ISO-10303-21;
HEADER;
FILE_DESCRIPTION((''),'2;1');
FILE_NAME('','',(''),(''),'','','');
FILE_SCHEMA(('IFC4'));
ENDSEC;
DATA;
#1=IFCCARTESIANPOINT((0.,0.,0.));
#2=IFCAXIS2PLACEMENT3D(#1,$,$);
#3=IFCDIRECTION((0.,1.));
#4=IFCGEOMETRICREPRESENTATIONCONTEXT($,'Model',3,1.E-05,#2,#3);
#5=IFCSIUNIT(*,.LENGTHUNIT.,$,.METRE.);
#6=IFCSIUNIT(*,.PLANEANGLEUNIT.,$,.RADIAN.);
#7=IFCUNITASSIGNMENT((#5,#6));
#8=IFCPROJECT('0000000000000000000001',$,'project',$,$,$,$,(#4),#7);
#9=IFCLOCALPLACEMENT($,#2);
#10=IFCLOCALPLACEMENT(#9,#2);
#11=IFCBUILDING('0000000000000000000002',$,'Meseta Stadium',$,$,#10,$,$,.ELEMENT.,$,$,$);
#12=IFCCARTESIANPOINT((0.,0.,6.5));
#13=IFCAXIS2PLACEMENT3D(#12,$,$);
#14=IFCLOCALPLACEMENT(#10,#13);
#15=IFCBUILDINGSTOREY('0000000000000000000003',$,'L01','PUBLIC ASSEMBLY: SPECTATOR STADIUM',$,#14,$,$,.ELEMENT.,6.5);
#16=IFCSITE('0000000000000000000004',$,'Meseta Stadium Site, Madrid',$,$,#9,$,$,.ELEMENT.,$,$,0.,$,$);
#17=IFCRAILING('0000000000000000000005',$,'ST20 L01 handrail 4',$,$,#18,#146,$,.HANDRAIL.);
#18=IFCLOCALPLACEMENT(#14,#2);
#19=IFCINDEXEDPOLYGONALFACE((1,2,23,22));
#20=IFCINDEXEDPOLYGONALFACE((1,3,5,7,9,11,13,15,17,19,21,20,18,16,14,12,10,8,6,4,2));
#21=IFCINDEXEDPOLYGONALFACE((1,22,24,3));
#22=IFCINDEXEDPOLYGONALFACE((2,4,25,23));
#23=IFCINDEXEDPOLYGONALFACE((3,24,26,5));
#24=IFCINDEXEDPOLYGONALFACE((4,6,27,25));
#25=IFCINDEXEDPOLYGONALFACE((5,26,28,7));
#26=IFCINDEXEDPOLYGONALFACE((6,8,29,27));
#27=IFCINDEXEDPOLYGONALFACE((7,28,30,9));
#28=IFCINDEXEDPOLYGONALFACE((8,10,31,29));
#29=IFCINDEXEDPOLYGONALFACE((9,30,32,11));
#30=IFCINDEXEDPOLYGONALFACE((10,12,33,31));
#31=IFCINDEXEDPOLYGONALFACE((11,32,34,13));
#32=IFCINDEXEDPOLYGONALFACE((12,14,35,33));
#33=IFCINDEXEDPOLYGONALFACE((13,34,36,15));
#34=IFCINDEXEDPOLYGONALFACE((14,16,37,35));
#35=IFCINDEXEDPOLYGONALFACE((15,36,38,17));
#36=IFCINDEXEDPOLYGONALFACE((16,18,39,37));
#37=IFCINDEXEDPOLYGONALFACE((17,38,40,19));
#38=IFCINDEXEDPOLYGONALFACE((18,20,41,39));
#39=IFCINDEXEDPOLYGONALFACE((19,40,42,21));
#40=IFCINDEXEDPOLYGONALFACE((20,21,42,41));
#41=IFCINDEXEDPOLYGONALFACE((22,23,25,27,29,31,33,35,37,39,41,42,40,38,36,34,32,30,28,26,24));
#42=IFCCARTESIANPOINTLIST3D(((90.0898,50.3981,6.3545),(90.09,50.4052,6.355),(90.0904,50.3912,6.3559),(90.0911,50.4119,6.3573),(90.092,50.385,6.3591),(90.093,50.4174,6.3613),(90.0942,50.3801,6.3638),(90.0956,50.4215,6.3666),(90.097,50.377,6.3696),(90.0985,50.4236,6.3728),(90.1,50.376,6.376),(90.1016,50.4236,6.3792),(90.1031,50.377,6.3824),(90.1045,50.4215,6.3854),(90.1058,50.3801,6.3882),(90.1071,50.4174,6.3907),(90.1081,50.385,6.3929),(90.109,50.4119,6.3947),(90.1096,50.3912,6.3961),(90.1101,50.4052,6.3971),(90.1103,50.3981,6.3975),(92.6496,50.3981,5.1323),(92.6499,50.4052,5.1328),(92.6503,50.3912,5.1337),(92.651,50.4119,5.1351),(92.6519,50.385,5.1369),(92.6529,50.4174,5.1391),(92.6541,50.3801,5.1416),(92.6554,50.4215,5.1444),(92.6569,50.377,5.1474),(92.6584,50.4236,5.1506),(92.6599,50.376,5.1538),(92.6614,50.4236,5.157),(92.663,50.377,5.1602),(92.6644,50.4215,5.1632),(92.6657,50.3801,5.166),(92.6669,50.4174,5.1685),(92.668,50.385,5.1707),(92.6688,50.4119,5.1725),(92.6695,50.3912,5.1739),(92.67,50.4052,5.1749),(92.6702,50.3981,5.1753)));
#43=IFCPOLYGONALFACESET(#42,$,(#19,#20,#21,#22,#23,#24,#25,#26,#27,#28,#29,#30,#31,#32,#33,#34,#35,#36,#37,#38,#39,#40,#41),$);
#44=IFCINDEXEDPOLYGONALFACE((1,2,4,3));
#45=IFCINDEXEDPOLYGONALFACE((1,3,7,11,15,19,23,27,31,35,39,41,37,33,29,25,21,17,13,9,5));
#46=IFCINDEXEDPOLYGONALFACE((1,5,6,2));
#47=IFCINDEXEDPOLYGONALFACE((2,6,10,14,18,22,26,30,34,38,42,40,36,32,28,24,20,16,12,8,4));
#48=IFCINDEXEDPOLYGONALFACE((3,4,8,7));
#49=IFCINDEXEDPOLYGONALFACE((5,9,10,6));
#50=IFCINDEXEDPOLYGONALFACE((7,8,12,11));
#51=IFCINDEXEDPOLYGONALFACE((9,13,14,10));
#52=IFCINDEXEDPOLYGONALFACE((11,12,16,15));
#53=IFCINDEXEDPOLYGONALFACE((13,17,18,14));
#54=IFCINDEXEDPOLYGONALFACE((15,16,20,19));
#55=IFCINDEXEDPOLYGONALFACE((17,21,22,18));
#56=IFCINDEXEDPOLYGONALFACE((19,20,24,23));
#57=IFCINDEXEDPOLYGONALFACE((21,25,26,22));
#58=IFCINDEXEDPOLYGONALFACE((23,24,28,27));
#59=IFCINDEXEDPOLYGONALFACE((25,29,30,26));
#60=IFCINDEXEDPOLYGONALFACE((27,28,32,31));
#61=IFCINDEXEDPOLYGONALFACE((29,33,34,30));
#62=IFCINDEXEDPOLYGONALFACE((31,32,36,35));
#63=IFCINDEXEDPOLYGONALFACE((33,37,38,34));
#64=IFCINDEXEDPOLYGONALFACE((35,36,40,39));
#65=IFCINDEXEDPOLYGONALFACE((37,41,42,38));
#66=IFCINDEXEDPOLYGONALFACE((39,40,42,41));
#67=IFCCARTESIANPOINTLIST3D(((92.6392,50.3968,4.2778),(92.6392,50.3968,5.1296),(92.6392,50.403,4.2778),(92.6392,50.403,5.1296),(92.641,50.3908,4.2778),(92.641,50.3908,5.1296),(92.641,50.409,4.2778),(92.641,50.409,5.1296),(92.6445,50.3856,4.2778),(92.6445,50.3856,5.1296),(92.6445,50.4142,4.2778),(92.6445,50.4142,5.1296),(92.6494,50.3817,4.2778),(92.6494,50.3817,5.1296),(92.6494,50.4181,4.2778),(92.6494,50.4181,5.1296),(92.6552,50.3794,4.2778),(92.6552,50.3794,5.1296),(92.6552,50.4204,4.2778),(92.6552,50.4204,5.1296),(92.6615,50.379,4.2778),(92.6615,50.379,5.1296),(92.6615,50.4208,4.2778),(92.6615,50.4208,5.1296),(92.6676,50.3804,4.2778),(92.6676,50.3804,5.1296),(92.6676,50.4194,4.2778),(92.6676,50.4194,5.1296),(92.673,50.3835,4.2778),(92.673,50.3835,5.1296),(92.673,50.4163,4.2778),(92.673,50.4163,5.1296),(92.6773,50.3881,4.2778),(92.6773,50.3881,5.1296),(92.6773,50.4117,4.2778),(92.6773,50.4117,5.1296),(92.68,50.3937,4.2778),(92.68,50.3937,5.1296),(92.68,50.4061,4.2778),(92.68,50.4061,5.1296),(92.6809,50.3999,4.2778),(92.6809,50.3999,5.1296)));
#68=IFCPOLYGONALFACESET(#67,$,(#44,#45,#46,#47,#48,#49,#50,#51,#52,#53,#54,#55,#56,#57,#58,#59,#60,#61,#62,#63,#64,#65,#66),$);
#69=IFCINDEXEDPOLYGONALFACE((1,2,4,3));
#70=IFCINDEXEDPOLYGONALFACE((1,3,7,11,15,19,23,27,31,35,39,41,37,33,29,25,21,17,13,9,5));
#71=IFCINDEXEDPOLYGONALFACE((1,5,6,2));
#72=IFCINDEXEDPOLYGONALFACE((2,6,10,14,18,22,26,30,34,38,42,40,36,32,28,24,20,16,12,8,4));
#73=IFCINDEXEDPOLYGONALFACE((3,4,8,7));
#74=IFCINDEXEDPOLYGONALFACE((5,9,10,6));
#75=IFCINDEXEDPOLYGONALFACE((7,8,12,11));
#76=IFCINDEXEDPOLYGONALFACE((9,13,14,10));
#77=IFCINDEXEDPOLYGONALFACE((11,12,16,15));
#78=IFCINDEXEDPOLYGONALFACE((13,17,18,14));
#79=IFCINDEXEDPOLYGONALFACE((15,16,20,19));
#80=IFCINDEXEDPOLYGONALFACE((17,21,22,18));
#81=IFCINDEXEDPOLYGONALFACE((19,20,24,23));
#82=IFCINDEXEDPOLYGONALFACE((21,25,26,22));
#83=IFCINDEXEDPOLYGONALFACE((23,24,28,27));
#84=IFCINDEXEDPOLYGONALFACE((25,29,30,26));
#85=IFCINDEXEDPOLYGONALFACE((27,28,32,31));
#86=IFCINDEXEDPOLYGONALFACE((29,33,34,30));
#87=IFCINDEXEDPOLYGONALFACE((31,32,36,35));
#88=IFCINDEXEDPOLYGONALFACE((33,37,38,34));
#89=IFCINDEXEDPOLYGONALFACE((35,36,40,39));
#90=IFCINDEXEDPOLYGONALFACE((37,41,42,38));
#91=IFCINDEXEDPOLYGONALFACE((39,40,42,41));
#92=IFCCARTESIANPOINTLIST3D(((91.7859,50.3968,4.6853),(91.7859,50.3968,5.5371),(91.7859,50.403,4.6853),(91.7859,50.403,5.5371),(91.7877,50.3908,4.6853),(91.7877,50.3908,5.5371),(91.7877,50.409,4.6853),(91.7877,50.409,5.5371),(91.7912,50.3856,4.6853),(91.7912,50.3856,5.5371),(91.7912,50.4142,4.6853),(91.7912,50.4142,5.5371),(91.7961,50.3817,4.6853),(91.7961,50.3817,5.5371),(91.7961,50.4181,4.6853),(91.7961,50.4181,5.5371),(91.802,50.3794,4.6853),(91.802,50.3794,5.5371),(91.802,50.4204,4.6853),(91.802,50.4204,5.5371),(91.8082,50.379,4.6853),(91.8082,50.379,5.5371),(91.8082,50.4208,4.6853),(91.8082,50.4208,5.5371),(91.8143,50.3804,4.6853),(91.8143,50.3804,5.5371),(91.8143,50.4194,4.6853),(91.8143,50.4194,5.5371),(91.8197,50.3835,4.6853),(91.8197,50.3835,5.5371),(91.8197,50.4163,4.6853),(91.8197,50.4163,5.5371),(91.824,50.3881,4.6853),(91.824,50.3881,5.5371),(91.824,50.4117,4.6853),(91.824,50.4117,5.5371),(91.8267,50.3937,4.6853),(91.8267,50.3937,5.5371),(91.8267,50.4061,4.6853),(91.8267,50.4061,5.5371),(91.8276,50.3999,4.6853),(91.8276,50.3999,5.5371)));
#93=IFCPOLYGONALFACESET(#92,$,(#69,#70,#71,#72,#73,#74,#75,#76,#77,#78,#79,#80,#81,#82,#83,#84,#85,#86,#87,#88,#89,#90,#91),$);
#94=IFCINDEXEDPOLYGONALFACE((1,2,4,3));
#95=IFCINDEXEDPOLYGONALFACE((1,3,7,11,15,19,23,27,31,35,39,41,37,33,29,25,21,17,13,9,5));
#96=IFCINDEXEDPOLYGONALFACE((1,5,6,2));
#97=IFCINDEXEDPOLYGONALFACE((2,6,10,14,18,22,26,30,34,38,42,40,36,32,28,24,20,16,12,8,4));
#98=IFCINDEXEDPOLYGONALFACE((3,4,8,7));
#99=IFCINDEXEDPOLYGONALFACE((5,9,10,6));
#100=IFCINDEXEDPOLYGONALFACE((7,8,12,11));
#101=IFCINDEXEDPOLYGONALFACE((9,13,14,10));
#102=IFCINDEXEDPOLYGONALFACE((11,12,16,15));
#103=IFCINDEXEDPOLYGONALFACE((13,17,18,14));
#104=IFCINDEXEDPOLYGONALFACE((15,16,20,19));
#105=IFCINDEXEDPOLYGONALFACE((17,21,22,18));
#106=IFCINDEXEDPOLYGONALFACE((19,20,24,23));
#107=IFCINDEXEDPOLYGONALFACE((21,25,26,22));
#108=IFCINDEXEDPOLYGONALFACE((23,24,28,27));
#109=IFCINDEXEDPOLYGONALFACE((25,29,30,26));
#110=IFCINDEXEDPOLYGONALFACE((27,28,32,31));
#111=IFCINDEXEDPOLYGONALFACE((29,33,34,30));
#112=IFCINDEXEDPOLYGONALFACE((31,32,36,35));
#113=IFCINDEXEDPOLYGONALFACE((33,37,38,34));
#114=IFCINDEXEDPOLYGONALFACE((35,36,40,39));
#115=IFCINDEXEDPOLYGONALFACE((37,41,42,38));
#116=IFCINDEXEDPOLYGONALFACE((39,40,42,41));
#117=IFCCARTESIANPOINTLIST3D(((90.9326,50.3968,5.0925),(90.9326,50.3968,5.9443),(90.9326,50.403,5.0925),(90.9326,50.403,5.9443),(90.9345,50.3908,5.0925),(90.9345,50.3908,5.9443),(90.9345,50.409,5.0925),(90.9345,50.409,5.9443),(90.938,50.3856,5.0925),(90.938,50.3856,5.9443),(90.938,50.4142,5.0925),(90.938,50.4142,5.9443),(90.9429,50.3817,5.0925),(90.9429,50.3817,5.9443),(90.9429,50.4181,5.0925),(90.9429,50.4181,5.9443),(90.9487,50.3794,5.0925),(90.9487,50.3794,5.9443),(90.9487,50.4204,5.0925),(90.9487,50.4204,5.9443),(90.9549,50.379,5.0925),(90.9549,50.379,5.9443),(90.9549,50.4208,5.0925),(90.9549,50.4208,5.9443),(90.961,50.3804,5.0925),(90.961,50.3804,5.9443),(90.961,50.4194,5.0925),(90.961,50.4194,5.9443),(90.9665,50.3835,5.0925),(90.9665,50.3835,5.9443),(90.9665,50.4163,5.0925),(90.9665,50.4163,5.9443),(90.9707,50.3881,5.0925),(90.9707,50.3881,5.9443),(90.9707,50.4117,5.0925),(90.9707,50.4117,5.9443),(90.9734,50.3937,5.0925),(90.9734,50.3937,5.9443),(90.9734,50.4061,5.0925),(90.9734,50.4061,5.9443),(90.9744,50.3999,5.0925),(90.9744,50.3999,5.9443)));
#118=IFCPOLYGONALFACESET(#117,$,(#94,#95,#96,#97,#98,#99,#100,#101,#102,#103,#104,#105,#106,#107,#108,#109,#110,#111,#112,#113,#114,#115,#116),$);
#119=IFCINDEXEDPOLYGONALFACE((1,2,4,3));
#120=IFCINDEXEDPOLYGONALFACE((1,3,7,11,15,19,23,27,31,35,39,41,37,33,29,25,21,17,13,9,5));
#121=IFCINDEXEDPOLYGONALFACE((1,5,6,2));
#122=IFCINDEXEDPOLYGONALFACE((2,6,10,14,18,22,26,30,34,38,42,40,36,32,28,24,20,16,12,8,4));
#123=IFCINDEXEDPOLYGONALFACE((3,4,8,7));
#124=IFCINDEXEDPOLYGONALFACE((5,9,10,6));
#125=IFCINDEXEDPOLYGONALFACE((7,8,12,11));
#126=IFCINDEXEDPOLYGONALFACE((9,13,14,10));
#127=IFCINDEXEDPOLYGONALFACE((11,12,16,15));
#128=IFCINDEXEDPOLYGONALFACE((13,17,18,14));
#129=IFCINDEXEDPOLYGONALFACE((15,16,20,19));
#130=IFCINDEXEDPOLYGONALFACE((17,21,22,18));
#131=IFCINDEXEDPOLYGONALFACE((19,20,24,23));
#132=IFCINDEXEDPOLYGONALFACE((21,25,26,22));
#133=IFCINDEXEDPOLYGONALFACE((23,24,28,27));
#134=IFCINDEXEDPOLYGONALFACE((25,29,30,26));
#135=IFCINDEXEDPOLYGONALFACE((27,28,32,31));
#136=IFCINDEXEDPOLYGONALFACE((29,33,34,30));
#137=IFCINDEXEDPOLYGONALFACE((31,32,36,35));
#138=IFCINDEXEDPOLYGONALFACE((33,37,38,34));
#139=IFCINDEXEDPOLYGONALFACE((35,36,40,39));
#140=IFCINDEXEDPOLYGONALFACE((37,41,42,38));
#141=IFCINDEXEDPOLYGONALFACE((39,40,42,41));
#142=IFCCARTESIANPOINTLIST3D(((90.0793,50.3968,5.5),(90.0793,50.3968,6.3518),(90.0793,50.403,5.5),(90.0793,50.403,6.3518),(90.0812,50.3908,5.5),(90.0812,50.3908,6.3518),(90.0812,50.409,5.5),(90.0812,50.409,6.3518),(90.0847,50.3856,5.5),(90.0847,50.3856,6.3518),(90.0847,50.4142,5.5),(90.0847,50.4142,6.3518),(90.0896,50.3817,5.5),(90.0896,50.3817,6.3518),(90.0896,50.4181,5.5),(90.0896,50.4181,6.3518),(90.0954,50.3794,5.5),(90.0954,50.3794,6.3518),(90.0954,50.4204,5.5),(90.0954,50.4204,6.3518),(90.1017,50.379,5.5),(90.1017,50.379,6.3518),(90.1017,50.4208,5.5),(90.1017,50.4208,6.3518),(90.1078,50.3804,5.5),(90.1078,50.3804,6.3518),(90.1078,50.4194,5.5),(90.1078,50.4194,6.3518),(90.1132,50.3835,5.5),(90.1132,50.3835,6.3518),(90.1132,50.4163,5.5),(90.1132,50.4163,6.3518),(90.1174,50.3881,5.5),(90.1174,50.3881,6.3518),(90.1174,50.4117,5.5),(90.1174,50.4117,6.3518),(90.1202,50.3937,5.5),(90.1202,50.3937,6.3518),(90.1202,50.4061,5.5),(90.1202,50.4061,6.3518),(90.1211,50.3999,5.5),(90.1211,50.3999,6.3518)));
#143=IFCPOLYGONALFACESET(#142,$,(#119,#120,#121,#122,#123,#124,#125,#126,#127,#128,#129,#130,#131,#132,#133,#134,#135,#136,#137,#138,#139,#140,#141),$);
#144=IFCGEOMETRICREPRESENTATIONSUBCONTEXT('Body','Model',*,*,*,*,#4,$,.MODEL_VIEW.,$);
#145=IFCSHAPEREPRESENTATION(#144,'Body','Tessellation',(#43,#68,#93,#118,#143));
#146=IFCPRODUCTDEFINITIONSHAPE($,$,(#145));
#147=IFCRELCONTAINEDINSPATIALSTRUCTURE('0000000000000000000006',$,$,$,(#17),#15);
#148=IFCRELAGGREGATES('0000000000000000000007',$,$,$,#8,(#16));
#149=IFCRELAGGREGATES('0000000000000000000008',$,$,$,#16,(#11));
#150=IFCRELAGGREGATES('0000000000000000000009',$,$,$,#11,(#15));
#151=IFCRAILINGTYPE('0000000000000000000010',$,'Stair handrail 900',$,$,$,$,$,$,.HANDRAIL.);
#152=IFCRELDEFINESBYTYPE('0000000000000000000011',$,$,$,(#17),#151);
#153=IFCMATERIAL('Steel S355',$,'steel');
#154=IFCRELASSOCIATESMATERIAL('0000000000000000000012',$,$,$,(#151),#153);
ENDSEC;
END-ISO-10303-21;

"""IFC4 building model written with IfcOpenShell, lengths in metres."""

from ifc_helpers import new_model, si_unit, direction, frame, origin, origin_2d, place, context, subcontext, project, spatial, circle, extrude, material, type_object, element, save


model = new_model("IFC4")

# Units and contexts
model_context = context("Model", 3, precision=1e-05, world=origin(), true_north=direction((0.0, 1.0)))
body_context = subcontext(model_context, "Body", "Model", "MODEL_VIEW")
ifc_project = project(units=[si_unit("LENGTHUNIT", "METRE"), si_unit("PLANEANGLEUNIT", "RADIAN")], contexts=[model_context])

# Site, building, storey
site_placement = place(None, origin())
site = spatial("IfcSite", under=ifc_project, at=site_placement, Name="Meseta Stadium Site, Madrid", CompositionType="ELEMENT", RefElevation=0.0)
building_placement = place(site_placement, origin())
building = spatial("IfcBuilding", under=site, at=building_placement, Name="Meseta Stadium", CompositionType="ELEMENT")
storey_placement = place(building_placement, frame((0.0, 0.0, 6.5)))
storey = spatial("IfcBuildingStorey", under=building, at=storey_placement, Name="L01", Description="PUBLIC ASSEMBLY: SPECTATOR STADIUM", CompositionType="ELEMENT", Elevation=6.5)

# Railing
ifc_material_1 = material(Name="Steel S355", Category="steel")
railing_type_1 = type_object("IfcRailingType", Name="Stair handrail 900", PredefinedType="HANDRAIL", material=ifc_material_1)
for number, where, name in (
    (1, (92.6599, 50.3999, 4.2778), "ST20 L01 handrail 4"),
):
    element("IfcRailing", number, at=place(storey_placement, frame(where)), inside=storey, type_object=railing_type_1, Name=name, PredefinedType="HANDRAIL", context=body_context, shape_type="SweptSolid", body=[
        extrude(circle(Radius=0.0239, at=origin_2d()), frame((0.0, 0.0, 0.876), z_axis=(-0.902421, 0.0, 0.430855), x_axis=(0.0, -1.0, 0.0)), (0.0, 0.0, 1.0), 2.8367),
        extrude(circle(Radius=0.021, at=origin_2d()), origin(), (0.0, 0.0, 1.0), 0.8518),
        extrude(circle(Radius=0.021, at=origin_2d()), frame((-0.8533, 0.0, 0.4075)), (0.0, 0.0, 1.0), 0.8518),
        extrude(circle(Radius=0.021, at=origin_2d()), frame((-1.7065, 0.0, 0.8147)), (0.0, 0.0, 1.0), 0.8518),
        extrude(circle(Radius=0.021, at=origin_2d()), frame((-2.5598, 0.0, 1.2222)), (0.0, 0.0, 1.0), 0.8518),
    ])

save(model, "model.ifc")
